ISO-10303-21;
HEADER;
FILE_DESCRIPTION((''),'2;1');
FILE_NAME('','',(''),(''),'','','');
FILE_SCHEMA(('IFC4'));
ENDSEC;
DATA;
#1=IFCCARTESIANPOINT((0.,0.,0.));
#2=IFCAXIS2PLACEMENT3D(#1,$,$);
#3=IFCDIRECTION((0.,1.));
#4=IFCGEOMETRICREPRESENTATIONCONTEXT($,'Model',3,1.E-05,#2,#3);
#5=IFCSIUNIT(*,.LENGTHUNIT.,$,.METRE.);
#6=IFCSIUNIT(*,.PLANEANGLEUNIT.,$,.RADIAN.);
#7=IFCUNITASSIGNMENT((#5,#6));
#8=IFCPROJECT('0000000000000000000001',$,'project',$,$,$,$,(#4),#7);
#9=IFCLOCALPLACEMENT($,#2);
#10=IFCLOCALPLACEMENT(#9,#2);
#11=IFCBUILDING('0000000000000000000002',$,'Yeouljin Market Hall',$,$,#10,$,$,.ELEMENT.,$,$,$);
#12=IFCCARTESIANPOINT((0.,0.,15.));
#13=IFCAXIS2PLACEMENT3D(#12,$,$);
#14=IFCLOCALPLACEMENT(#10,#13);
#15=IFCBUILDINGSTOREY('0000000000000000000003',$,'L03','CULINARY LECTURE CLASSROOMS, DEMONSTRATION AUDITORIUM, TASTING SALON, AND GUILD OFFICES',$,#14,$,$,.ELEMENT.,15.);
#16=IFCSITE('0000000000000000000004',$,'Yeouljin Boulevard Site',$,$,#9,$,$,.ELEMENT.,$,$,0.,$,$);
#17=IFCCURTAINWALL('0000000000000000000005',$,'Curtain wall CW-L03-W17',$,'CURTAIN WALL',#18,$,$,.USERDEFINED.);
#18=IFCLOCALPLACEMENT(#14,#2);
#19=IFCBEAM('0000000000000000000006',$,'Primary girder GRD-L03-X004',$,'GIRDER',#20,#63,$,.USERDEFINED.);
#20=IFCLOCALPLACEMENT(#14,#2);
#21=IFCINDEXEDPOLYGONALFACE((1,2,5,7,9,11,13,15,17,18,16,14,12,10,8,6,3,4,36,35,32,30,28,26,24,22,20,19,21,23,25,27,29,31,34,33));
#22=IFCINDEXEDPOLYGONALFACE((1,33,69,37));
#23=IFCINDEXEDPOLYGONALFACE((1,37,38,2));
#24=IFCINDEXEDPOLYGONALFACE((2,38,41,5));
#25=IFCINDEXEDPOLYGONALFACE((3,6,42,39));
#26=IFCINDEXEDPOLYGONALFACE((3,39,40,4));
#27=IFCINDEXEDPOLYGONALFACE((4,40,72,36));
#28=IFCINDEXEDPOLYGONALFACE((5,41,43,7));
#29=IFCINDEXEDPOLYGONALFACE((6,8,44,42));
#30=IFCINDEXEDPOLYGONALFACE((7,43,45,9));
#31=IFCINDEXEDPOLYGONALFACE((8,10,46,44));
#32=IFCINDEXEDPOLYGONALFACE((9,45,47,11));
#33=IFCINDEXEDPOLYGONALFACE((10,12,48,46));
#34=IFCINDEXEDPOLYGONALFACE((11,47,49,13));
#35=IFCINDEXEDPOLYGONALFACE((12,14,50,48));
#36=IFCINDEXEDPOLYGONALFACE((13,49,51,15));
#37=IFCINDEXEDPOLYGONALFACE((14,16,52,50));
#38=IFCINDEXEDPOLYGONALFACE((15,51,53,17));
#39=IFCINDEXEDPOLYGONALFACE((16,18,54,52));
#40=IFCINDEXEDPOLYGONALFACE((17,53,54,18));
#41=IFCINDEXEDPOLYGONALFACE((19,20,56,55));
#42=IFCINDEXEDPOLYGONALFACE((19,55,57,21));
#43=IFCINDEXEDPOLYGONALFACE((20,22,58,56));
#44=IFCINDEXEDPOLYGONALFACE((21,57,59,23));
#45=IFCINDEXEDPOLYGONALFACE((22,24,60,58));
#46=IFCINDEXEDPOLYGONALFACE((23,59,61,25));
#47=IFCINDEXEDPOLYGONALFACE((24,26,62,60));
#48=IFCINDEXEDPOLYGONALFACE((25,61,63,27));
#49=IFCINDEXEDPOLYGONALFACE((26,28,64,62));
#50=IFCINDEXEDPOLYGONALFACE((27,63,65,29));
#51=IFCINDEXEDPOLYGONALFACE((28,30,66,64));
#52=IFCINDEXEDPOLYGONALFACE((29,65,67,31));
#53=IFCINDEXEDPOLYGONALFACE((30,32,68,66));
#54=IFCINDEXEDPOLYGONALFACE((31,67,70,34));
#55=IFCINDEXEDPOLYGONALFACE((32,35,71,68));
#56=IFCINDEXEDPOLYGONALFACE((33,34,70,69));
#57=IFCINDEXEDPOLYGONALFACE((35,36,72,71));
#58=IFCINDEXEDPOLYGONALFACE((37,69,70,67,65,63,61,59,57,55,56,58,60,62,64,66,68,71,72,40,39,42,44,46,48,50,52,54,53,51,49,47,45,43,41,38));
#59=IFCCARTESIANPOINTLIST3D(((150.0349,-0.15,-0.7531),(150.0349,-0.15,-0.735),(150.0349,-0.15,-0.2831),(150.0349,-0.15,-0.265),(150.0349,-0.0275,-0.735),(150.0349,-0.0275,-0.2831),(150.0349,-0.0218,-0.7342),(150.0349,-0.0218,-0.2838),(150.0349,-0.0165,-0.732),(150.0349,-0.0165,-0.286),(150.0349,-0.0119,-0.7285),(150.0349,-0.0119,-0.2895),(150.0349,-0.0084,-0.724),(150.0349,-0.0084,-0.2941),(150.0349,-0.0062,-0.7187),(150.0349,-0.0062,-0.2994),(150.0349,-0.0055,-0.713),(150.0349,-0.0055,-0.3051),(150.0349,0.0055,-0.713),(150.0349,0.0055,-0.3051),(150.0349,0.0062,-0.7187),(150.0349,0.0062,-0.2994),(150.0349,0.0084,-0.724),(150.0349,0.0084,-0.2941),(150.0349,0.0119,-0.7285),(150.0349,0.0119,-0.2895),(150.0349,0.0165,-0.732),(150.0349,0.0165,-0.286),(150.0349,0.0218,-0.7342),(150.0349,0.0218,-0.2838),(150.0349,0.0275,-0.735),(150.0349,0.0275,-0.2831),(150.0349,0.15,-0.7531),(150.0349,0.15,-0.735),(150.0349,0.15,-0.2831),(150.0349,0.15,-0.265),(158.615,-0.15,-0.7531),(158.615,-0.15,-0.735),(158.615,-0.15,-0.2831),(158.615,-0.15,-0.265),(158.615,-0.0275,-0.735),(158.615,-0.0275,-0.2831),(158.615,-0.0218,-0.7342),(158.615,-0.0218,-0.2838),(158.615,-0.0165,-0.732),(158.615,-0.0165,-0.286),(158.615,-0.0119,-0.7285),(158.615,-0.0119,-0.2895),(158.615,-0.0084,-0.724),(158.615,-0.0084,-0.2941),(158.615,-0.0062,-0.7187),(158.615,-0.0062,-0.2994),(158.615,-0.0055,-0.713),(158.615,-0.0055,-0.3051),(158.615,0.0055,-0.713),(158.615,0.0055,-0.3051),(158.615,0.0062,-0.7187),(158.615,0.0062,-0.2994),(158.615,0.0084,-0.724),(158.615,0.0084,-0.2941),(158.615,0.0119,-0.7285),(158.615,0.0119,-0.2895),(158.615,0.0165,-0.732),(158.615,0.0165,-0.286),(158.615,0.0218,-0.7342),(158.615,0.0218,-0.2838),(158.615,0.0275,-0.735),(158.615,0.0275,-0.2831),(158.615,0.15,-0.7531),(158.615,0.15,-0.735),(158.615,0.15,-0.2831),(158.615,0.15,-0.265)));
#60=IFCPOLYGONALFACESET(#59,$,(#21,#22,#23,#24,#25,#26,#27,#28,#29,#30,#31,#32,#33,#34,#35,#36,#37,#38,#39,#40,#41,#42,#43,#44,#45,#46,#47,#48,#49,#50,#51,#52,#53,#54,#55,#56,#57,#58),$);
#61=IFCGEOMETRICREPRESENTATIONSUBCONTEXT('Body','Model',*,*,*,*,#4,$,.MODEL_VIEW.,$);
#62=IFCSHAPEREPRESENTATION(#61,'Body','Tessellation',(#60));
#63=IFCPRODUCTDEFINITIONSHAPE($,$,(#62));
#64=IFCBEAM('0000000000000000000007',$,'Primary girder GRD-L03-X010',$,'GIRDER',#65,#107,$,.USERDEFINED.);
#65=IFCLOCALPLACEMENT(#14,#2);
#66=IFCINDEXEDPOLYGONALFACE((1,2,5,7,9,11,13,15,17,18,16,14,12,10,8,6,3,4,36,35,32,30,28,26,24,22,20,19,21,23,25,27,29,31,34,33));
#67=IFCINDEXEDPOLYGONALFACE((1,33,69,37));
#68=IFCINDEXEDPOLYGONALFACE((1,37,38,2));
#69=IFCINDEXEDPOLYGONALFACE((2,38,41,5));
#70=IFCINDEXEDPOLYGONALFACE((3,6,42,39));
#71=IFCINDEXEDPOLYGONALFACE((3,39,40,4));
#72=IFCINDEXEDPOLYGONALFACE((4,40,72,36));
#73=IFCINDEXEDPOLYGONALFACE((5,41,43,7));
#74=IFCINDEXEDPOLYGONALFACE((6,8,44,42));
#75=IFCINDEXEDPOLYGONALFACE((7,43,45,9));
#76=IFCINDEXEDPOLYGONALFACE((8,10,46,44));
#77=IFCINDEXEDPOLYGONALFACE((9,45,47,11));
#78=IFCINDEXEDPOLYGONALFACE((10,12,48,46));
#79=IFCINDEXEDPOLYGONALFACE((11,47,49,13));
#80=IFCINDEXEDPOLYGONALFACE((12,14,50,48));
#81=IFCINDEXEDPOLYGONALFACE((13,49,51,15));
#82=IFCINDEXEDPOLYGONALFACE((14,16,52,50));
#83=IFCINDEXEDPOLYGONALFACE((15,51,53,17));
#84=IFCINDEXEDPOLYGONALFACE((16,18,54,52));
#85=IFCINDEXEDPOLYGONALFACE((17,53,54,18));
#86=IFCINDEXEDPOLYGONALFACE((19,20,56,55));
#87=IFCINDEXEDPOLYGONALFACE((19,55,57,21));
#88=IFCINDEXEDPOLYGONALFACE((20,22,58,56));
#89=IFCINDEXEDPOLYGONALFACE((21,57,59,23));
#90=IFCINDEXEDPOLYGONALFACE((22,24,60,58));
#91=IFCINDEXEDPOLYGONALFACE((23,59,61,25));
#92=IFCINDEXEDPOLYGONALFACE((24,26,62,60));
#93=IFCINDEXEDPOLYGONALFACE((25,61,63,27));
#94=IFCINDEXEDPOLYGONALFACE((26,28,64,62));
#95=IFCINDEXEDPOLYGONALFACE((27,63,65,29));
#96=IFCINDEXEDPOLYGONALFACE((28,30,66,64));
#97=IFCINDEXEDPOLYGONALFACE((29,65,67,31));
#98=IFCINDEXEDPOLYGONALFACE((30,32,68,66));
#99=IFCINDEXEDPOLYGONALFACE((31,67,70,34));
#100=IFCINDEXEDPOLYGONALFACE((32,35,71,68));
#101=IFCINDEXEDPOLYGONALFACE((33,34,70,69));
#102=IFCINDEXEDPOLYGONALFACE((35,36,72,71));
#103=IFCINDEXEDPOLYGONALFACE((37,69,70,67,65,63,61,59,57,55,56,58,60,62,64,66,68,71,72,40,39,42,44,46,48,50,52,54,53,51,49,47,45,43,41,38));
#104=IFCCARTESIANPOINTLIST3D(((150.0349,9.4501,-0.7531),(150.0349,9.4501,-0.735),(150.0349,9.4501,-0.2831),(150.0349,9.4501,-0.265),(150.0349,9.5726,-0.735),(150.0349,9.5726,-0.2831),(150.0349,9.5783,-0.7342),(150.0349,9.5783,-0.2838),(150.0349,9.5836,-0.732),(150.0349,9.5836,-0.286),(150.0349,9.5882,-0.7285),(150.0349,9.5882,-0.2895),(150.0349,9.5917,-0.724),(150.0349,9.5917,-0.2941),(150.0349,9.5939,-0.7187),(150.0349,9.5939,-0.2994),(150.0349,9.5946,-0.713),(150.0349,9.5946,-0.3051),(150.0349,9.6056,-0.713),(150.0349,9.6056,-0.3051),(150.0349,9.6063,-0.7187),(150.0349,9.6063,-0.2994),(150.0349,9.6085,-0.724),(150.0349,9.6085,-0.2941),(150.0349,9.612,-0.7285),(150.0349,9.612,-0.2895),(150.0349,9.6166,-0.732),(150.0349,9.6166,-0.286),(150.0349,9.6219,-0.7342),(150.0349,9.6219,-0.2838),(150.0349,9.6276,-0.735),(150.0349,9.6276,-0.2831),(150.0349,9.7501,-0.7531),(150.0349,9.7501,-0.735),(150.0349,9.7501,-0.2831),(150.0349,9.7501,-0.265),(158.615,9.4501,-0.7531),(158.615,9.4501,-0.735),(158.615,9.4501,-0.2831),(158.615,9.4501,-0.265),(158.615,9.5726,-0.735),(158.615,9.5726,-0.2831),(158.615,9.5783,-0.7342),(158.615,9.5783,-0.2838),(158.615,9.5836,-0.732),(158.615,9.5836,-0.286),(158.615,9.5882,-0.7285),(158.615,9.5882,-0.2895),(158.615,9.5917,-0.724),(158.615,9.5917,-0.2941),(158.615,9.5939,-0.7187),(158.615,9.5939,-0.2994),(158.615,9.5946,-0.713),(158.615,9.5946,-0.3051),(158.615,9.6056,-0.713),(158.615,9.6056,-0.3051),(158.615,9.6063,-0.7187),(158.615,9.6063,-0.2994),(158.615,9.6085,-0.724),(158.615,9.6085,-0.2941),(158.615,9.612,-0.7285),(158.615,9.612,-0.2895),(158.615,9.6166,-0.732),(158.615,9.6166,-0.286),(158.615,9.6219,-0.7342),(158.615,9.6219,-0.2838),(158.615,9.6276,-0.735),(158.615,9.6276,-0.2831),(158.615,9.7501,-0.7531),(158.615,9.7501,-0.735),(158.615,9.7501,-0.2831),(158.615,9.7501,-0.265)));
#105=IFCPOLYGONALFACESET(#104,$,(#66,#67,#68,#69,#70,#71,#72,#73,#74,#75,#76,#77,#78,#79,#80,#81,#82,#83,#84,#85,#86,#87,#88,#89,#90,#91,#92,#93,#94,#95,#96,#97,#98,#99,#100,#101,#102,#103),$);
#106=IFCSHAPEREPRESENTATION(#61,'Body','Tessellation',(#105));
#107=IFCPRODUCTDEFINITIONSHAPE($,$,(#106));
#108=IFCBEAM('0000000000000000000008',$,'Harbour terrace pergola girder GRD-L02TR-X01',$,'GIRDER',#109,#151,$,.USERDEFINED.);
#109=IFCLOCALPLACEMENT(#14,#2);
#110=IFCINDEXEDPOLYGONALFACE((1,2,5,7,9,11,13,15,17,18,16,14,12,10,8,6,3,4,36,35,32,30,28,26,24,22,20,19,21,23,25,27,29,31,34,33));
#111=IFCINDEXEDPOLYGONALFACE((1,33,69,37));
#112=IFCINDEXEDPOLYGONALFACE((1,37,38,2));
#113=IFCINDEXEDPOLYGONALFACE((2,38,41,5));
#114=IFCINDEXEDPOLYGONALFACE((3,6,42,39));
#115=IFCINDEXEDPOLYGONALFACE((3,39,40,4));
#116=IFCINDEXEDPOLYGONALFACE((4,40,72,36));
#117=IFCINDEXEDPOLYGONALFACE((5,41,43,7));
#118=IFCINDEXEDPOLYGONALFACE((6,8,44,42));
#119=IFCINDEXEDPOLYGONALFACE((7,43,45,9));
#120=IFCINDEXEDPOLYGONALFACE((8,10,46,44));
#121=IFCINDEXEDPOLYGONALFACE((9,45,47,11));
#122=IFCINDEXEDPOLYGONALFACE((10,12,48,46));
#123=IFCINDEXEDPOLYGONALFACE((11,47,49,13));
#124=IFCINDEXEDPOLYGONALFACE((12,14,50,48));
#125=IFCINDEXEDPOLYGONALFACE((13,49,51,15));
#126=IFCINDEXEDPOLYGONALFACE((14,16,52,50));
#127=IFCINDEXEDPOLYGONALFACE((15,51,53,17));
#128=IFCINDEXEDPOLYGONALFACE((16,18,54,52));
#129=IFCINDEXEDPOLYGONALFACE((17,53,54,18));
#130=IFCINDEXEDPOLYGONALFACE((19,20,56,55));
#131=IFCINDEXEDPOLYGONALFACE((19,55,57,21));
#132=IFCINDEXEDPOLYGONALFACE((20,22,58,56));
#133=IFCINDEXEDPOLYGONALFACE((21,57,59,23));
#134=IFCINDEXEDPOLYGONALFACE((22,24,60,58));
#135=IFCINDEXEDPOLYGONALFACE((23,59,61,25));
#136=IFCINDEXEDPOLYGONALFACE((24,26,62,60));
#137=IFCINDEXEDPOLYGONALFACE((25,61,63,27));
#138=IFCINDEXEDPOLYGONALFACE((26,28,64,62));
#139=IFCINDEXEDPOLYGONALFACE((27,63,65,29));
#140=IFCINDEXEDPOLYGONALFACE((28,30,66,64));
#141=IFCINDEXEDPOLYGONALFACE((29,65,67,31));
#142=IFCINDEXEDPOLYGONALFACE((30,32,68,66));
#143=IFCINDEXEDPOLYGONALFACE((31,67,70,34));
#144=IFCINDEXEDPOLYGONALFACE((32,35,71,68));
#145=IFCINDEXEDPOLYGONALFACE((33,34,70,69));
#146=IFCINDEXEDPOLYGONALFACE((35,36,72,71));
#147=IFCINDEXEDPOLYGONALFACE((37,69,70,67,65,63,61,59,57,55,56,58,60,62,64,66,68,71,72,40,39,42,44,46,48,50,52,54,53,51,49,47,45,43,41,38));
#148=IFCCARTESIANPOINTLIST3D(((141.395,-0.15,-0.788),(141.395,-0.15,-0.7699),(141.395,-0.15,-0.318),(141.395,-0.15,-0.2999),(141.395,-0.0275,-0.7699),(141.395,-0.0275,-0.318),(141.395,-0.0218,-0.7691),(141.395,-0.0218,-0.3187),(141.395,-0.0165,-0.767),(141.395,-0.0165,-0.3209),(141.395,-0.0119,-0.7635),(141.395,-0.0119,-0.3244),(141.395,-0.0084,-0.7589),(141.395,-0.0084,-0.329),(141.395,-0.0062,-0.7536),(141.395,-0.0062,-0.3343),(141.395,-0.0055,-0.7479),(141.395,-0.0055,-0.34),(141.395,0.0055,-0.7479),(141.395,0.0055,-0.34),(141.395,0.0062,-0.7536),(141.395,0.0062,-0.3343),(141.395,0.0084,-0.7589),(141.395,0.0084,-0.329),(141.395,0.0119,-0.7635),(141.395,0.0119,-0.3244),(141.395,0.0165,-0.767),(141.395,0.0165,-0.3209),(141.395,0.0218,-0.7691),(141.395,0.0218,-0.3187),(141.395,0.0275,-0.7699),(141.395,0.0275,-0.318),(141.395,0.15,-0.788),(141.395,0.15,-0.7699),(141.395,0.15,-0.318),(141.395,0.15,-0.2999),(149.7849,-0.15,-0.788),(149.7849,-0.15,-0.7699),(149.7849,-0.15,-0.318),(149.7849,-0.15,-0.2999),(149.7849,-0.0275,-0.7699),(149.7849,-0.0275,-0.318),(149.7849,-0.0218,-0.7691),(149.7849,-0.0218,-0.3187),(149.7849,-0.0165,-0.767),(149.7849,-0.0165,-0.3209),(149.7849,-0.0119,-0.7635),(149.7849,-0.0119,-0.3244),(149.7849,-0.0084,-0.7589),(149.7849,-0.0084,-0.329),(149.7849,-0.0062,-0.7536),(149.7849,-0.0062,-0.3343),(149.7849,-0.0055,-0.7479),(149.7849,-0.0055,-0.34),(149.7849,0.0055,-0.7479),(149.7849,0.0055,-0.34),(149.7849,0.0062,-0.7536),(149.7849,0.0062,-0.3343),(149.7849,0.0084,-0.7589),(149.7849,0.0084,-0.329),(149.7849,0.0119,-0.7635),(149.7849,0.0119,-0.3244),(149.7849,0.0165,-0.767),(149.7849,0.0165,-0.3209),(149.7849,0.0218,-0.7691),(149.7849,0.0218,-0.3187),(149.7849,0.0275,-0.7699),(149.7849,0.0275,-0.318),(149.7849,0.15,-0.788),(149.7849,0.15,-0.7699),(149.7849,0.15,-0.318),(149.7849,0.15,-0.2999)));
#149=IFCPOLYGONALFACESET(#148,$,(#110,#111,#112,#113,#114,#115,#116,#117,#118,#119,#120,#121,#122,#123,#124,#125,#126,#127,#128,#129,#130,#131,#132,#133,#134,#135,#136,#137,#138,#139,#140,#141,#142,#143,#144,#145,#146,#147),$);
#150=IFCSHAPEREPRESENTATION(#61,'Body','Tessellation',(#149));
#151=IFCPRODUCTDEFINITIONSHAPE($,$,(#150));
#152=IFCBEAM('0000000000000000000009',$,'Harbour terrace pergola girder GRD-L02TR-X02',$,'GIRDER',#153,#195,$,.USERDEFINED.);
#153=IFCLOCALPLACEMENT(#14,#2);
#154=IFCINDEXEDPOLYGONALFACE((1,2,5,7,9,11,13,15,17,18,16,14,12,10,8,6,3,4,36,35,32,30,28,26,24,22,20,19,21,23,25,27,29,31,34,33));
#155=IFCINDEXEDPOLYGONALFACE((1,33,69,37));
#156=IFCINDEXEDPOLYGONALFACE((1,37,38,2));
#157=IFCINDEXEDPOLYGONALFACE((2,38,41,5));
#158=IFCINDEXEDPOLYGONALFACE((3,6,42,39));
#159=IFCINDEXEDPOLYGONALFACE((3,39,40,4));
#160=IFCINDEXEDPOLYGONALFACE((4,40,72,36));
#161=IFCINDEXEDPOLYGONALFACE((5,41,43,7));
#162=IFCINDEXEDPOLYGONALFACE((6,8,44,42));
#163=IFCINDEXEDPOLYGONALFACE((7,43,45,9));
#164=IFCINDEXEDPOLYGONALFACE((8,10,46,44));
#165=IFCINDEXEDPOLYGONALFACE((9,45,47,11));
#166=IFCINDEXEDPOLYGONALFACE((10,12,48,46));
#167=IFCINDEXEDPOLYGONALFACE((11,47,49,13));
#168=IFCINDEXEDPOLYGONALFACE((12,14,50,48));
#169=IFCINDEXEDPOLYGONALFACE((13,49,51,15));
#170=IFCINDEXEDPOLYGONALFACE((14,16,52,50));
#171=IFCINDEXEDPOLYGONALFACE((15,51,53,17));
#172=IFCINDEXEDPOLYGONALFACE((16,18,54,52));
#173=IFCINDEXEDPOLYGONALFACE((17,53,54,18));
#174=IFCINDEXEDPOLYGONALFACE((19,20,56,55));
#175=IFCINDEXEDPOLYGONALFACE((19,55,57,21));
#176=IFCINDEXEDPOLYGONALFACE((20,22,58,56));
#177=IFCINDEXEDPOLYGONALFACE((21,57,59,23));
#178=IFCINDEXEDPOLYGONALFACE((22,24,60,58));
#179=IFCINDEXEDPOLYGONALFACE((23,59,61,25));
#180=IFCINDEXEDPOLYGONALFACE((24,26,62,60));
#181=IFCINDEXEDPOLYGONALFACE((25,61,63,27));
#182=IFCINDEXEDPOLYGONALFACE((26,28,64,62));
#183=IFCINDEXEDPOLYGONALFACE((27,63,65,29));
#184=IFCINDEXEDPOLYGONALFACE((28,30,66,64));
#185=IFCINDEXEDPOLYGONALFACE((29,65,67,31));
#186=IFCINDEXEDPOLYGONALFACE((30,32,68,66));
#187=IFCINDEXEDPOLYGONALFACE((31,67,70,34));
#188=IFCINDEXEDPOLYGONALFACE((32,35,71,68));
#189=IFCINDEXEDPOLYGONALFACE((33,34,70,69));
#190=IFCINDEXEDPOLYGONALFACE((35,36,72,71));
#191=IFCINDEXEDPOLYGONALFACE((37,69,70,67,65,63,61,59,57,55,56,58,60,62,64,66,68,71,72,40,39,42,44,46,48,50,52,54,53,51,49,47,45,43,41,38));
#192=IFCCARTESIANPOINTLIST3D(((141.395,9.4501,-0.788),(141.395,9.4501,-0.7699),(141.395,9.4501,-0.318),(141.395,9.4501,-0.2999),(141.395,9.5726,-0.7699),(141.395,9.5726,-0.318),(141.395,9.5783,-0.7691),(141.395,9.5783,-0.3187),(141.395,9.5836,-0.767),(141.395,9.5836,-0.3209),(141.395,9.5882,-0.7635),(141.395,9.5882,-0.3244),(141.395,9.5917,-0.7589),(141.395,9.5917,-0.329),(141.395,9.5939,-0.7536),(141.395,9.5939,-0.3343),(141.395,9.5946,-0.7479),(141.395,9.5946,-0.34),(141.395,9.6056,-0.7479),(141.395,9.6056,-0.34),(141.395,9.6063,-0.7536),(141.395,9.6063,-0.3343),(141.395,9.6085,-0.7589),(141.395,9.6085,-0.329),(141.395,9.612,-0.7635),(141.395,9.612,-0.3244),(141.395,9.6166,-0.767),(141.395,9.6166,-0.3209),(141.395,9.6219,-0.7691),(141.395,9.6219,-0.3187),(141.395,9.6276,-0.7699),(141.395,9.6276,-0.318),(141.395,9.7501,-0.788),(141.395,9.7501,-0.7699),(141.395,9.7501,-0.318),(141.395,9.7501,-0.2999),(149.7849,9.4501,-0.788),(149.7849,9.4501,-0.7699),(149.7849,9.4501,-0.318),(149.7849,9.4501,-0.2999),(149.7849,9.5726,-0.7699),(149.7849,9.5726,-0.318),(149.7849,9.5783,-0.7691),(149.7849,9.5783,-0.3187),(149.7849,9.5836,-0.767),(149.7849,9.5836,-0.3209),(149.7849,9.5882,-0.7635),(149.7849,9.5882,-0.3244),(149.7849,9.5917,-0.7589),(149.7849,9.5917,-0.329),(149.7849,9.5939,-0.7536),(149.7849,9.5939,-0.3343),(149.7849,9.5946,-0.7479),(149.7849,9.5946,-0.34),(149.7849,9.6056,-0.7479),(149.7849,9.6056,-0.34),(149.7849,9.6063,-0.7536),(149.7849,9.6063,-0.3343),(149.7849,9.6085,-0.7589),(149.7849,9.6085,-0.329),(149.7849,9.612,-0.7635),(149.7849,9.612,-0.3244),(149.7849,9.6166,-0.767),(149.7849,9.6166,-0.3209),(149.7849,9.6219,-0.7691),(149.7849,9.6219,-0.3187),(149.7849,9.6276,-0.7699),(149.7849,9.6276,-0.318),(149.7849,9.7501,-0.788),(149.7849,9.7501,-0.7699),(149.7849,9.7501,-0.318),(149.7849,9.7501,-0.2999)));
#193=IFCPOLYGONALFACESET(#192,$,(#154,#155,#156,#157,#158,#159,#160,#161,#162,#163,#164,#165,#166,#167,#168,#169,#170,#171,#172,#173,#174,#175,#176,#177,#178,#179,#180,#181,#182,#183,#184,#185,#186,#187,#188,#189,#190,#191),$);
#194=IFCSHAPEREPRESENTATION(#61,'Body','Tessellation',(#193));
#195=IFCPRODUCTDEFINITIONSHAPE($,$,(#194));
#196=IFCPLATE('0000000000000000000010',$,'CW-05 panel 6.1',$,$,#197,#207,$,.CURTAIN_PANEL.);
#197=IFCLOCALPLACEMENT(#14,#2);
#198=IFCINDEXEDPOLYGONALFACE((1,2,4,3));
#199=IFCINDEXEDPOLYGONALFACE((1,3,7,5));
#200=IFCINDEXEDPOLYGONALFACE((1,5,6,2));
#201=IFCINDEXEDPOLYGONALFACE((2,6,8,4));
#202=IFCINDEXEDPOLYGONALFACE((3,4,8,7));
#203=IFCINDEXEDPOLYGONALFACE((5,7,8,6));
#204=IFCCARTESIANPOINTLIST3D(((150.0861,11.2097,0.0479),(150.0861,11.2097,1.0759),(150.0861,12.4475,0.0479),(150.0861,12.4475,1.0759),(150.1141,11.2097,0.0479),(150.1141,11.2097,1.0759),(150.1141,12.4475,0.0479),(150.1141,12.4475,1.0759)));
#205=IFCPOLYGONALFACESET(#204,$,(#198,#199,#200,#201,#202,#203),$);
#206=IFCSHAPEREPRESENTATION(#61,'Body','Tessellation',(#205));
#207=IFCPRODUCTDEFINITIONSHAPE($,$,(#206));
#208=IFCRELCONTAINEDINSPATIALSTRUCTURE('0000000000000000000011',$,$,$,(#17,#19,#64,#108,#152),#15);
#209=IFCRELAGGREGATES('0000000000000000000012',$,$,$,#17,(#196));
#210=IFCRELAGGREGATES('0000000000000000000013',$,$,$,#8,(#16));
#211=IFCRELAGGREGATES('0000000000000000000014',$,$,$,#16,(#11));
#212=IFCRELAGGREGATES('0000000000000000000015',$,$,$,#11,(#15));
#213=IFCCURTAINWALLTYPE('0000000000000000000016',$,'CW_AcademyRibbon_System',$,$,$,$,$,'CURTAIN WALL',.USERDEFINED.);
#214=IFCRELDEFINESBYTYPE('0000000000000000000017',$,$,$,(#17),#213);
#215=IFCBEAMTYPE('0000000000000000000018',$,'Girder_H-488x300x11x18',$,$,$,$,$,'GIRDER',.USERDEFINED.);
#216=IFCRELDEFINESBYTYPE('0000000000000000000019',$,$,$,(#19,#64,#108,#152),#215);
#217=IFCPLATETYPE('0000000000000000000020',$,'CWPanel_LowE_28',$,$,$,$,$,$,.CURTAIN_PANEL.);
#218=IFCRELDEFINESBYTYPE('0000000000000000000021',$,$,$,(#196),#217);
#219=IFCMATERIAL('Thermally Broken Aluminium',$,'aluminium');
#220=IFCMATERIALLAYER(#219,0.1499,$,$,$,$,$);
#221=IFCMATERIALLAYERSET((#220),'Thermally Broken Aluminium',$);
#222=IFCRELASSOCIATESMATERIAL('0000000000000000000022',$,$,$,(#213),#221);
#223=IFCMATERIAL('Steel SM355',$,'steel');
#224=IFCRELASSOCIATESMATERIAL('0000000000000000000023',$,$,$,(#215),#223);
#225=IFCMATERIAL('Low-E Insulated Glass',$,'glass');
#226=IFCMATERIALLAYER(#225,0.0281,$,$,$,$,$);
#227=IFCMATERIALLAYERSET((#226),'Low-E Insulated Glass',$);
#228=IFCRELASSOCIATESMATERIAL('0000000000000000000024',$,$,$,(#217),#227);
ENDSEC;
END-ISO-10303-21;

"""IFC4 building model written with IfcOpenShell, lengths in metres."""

from ifc_helpers import new_model, si_unit, direction, frame, origin, origin_2d, place, context, subcontext, project, spatial, rectangle, i_section, extrude, material, layer, layer_set, material_profile, profile_set, type_object, element, aggregate, save


model = new_model("IFC4")

# Units and contexts
model_context = context("Model", 3, precision=1e-05, world=origin(), true_north=direction((0.0, 1.0)))
body_context = subcontext(model_context, "Body", "Model", "MODEL_VIEW")
ifc_project = project(units=[si_unit("LENGTHUNIT", "METRE"), si_unit("PLANEANGLEUNIT", "RADIAN")], contexts=[model_context])

# Site, building, storey
site_placement = place(None, origin())
site = spatial("IfcSite", under=ifc_project, at=site_placement, Name="Yeouljin Boulevard Site", CompositionType="ELEMENT", RefElevation=0.0)
building_placement = place(site_placement, origin())
building = spatial("IfcBuilding", under=site, at=building_placement, Name="Yeouljin Market Hall", CompositionType="ELEMENT")
storey_placement = place(building_placement, frame((0.0, 0.0, 15.0)))
storey = spatial("IfcBuildingStorey", under=building, at=storey_placement, Name="L03", Description="CULINARY LECTURE CLASSROOMS, DEMONSTRATION AUDITORIUM, TASTING SALON, AND GUILD OFFICES", CompositionType="ELEMENT", Elevation=15.0)

# Curtain wall
ifc_material_1 = material(Name="Thermally Broken Aluminium", Category="aluminium")
ifc_layer_1 = layer(ifc_material_1, 0.1499)
ifc_layer_set_1 = layer_set([ifc_layer_1], Name="Thermally Broken Aluminium")
curtain_wall_type = type_object("IfcCurtainWallType", Name="CW_AcademyRibbon_System", ElementType="CURTAIN WALL", PredefinedType="USERDEFINED", material=ifc_layer_set_1)
curtain_wall_placement = place(storey_placement, origin())
curtain_wall = element("IfcCurtainWall", 1, at=curtain_wall_placement, inside=storey, type_object=curtain_wall_type, Name="Curtain wall CW-L03-W17", ObjectType="CURTAIN WALL", PredefinedType="USERDEFINED")

# Beams
ifc_material_2 = material(Name="Steel SM355", Category="steel")
ifc_material_profile_1 = material_profile(ifc_material_2, i_section(OverallWidth=0.3, OverallDepth=0.488, WebThickness=0.011, FlangeThickness=0.0181, FilletRadius=0.022, at=origin_2d()), Name="H-488x300x11x18")
ifc_profile_set_1 = profile_set([ifc_material_profile_1], Name="Steel SM355")
beam_type_1 = type_object("IfcBeamType", Name="Girder_H-488x300x11x18", ElementType="GIRDER", PredefinedType="USERDEFINED", material=ifc_profile_set_1)
for number, where, z_axis, x_axis, name in (
    (2, (150.0349, 0.0, -0.509), (1.0, 0.0, 0.0), (0.0, 1.0, 0.0), "Primary girder GRD-L03-X004"),
    (3, (150.0349, 9.6001, -0.509), (1.0, 0.0, 0.0), (0.0, 1.0, 0.0), "Primary girder GRD-L03-X010"),
):
    element("IfcBeam", number, at=place(storey_placement, frame(where, z_axis=z_axis, x_axis=x_axis)), inside=storey, type_object=beam_type_1, Name=name, ObjectType="GIRDER", PredefinedType="USERDEFINED", context=body_context, shape_type="SweptSolid", body=[
        extrude(i_section(OverallWidth=0.3, OverallDepth=0.488, WebThickness=0.011, FlangeThickness=0.0181, FilletRadius=0.022, at=origin_2d()), origin(), (0.0, 0.0, 1.0), 8.5801),
    ])
for number, where, z_axis, x_axis, name in (
    (4, (141.395, 0.0, -0.5439), (1.0, 0.0, 0.0), (0.0, 1.0, 0.0), "Harbour terrace pergola girder GRD-L02TR-X01"),
    (5, (141.395, 9.6001, -0.5439), (1.0, 0.0, 0.0), (0.0, 1.0, 0.0), "Harbour terrace pergola girder GRD-L02TR-X02"),
):
    element("IfcBeam", number, at=place(storey_placement, frame(where, z_axis=z_axis, x_axis=x_axis)), inside=storey, type_object=beam_type_1, Name=name, ObjectType="GIRDER", PredefinedType="USERDEFINED", context=body_context, shape_type="SweptSolid", body=[
        extrude(i_section(OverallWidth=0.3, OverallDepth=0.488, WebThickness=0.011, FlangeThickness=0.0181, FilletRadius=0.022, at=origin_2d()), origin(), (0.0, 0.0, 1.0), 8.3899),
    ])

# Plate
ifc_material_3 = material(Name="Low-E Insulated Glass", Category="glass")
ifc_layer_2 = layer(ifc_material_3, 0.0281)
ifc_layer_set_2 = layer_set([ifc_layer_2], Name="Low-E Insulated Glass")
plate_type = type_object("IfcPlateType", Name="CWPanel_LowE_28", PredefinedType="CURTAIN_PANEL", material=ifc_layer_set_2)
plate_1_placement = place(storey_placement, frame((150.1001, 11.8286, 0.0479), z_axis=(0.0, 0.0, 1.0), x_axis=(0.0, -1.0, 0.0)))
plate_1 = element("IfcPlate", 6, at=plate_1_placement, type_object=plate_type, Name="CW-05 panel 6.1", PredefinedType="CURTAIN_PANEL", context=body_context, shape_type="SweptSolid", body=[
    extrude(rectangle(XDim=1.2378, YDim=0.0281, at=origin_2d()), origin(), (0.0, 0.0, 1.0), 1.0281),
])
aggregate(curtain_wall, [plate_1])

save(model, "model.ifc")
